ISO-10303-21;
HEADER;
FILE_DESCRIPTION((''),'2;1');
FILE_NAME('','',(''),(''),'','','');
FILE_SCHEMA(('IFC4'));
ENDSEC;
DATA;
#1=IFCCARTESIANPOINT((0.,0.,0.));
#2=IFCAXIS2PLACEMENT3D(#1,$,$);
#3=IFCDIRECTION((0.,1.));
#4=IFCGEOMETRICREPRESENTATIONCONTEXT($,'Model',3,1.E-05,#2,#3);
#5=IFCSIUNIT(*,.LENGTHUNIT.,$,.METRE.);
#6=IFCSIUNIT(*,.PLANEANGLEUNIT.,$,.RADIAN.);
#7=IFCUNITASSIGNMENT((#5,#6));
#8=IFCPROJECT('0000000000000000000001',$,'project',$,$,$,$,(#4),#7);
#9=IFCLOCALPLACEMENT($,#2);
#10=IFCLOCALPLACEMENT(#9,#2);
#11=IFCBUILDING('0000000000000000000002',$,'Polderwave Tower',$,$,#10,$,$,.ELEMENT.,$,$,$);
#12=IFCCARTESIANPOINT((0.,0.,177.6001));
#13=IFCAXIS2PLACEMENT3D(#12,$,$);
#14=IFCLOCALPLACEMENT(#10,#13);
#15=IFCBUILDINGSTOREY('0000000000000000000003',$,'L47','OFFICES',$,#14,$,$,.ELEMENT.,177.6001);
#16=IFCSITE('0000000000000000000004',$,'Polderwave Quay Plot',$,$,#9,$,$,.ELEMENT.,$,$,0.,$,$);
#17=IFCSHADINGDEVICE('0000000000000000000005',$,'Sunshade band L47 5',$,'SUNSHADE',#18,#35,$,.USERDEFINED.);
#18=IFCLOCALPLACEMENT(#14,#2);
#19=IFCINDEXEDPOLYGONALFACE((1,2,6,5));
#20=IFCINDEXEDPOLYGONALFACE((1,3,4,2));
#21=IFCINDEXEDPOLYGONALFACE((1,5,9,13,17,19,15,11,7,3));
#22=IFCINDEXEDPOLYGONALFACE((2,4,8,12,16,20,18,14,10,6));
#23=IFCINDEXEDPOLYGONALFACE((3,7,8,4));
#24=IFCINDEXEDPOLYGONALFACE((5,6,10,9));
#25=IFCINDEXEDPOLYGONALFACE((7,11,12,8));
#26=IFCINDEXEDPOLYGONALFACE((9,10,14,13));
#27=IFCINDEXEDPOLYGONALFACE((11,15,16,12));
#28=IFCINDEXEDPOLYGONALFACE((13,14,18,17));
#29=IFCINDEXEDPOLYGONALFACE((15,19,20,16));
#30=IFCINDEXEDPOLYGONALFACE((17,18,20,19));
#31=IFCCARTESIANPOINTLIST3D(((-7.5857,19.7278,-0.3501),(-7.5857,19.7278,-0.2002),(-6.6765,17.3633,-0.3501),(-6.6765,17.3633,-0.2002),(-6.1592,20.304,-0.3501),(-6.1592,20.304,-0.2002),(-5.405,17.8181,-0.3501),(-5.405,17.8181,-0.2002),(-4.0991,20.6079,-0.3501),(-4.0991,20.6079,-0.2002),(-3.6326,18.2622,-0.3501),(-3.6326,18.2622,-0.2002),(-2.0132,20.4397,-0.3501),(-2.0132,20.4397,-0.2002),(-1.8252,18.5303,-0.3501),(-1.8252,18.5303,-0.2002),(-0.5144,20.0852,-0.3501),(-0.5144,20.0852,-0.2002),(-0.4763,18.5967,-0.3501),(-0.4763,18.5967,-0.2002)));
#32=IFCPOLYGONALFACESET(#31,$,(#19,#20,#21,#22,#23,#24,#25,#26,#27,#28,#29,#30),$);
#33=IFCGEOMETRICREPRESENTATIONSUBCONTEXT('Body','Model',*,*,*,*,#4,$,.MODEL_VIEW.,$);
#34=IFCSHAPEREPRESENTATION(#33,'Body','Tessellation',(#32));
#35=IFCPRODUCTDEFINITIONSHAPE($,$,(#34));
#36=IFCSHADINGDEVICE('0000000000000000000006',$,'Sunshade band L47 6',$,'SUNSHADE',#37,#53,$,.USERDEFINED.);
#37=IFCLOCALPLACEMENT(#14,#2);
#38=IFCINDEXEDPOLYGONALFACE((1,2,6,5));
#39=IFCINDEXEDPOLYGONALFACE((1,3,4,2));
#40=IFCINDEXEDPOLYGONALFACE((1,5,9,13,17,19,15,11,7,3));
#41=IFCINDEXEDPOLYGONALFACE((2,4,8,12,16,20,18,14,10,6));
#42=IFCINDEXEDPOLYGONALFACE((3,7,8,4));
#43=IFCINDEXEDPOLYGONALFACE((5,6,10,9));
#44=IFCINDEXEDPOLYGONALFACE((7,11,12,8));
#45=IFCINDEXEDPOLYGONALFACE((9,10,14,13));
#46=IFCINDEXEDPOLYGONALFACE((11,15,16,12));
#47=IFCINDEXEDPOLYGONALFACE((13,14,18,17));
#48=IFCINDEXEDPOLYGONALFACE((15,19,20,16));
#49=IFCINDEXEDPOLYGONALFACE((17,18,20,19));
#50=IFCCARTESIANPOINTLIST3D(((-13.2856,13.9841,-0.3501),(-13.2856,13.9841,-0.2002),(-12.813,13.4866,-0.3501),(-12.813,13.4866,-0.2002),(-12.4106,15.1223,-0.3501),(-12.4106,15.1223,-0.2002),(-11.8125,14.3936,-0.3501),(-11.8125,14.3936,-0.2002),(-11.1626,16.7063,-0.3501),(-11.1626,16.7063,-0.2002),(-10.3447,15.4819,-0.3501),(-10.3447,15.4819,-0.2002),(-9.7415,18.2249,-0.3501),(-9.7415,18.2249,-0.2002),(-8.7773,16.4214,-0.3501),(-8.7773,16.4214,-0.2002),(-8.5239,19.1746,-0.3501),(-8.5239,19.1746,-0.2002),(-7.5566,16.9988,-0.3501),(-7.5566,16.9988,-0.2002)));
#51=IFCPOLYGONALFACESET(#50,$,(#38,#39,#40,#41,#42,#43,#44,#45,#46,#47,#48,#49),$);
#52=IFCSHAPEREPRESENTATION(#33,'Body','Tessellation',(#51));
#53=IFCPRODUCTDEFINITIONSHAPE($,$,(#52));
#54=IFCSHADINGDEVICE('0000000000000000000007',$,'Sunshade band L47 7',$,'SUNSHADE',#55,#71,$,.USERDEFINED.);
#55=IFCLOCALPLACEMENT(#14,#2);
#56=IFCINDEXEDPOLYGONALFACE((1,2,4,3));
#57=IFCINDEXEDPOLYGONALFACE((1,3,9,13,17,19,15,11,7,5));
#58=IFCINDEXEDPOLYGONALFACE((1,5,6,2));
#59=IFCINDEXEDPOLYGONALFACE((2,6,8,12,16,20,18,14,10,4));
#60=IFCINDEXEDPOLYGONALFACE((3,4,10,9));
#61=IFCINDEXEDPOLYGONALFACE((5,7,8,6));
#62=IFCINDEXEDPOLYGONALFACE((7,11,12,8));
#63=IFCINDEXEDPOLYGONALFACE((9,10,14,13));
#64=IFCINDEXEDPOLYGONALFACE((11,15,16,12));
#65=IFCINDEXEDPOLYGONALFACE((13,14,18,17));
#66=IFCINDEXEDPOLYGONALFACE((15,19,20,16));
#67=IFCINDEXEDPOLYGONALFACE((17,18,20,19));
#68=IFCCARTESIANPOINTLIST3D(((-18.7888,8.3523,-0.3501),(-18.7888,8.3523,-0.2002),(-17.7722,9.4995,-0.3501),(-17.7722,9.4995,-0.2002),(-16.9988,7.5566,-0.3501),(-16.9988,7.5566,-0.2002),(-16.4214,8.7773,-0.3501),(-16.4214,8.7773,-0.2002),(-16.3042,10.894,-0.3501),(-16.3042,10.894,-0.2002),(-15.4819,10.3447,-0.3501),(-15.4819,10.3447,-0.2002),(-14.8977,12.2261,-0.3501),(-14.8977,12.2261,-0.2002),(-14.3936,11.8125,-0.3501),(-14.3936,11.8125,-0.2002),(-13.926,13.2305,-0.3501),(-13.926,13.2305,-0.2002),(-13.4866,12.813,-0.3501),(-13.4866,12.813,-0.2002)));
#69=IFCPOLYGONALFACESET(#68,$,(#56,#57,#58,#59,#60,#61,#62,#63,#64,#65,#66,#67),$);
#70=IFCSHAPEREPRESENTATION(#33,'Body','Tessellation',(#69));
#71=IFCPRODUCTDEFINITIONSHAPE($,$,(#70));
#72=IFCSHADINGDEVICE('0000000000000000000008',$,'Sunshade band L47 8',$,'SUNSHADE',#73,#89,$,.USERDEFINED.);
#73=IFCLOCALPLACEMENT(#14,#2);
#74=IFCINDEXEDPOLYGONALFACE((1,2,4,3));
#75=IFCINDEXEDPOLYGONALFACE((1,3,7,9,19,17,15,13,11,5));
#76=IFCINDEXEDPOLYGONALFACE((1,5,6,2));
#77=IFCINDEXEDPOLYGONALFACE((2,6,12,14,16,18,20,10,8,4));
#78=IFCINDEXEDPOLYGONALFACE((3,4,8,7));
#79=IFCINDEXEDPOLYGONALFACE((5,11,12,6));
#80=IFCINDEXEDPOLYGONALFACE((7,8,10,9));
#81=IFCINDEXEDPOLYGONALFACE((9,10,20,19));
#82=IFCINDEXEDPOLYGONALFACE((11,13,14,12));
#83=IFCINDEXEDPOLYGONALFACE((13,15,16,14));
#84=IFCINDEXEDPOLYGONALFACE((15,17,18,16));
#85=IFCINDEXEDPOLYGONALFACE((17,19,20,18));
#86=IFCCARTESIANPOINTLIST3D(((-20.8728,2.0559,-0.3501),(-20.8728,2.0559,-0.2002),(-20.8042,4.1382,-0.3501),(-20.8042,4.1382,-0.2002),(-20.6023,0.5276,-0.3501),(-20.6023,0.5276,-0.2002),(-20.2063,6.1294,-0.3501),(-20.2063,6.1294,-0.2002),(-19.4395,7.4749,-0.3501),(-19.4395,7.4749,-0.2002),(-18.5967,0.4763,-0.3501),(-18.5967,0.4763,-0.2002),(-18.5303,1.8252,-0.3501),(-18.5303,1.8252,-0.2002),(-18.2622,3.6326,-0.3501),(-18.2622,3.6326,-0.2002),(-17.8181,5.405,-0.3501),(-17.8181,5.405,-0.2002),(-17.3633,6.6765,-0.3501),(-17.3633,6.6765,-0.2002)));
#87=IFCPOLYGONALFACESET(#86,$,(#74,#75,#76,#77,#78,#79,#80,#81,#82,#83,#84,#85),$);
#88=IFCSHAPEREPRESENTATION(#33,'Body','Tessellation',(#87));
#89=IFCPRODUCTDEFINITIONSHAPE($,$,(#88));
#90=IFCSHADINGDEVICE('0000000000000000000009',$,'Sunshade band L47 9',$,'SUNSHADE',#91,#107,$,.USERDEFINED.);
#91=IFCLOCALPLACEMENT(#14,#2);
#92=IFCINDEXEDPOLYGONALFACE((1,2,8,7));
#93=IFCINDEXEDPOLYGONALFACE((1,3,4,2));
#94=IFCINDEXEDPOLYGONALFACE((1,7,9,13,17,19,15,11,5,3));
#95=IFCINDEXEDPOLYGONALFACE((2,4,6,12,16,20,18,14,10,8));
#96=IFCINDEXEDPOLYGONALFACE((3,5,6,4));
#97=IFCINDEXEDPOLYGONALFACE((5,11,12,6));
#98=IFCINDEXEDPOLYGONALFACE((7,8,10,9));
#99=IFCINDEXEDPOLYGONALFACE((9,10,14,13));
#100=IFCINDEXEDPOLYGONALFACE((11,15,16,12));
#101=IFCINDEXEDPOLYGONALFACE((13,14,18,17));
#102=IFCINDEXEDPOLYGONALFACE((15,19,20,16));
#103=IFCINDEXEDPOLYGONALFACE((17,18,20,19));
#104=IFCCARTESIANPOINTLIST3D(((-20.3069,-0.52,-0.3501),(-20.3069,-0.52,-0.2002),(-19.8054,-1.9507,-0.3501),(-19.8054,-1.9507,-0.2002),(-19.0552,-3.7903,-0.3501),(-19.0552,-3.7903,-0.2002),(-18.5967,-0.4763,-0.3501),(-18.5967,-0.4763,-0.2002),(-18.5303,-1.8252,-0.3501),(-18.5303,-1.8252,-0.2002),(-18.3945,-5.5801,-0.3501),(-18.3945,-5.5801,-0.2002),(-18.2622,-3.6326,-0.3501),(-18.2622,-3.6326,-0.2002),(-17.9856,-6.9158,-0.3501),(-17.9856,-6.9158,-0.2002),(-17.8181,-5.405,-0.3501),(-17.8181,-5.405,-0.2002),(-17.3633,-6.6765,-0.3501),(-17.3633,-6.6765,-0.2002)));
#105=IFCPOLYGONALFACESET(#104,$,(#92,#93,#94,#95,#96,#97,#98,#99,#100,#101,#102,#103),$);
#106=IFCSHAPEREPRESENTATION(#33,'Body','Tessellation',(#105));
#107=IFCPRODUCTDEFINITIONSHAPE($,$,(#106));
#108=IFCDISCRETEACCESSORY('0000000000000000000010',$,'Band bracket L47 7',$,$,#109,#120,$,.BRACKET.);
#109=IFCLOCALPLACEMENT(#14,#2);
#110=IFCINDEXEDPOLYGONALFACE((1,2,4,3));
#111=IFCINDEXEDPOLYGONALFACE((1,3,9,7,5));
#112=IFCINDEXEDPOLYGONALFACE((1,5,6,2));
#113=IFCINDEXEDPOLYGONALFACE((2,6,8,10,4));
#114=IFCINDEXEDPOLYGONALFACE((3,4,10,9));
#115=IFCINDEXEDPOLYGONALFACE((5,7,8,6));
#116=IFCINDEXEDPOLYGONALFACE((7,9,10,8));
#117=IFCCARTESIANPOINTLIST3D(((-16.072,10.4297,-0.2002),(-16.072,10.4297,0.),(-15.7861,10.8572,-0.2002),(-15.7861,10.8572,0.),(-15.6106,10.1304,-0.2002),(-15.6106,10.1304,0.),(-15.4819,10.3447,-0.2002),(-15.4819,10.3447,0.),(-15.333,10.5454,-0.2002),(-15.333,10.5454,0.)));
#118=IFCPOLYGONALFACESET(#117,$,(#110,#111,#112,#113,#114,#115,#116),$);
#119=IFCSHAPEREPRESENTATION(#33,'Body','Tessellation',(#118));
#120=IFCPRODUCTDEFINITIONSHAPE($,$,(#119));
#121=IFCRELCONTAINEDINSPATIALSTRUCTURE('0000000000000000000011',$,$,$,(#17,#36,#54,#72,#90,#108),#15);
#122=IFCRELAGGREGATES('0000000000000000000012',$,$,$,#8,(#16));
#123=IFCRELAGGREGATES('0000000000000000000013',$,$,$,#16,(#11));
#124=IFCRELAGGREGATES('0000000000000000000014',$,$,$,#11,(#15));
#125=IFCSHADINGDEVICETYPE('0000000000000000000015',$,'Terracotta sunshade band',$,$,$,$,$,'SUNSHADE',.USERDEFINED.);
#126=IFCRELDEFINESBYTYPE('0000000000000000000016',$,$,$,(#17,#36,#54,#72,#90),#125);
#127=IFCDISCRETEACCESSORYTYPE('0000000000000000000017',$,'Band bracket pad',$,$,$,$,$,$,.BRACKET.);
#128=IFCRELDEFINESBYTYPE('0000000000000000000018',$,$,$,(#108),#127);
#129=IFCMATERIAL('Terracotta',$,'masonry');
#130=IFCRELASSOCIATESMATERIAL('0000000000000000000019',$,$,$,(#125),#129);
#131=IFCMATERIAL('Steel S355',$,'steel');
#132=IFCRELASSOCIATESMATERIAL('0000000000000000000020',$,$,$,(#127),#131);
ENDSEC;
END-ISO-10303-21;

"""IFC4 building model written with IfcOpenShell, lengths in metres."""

from ifc_helpers import new_model, si_unit, direction, frame, origin, place, context, subcontext, project, spatial, polyline, outline, extrude, material, type_object, element, save


model = new_model("IFC4")

# Units and contexts
model_context = context("Model", 3, precision=1e-05, world=origin(), true_north=direction((0.0, 1.0)))
body_context = subcontext(model_context, "Body", "Model", "MODEL_VIEW")
ifc_project = project(units=[si_unit("LENGTHUNIT", "METRE"), si_unit("PLANEANGLEUNIT", "RADIAN")], contexts=[model_context])

# Site, building, storey
site_placement = place(None, origin())
site = spatial("IfcSite", under=ifc_project, at=site_placement, Name="Polderwave Quay Plot", CompositionType="ELEMENT", RefElevation=0.0)
building_placement = place(site_placement, origin())
building = spatial("IfcBuilding", under=site, at=building_placement, Name="Polderwave Tower", CompositionType="ELEMENT")
storey_placement = place(building_placement, frame((0.0, 0.0, 177.6001)))
storey = spatial("IfcBuildingStorey", under=building, at=storey_placement, Name="L47", Description="OFFICES", CompositionType="ELEMENT", Elevation=177.6001)

# Shading devices
ifc_material_1 = material(Name="Terracotta", Category="masonry")
shading_device_type = type_object("IfcShadingDeviceType", Name="Terracotta sunshade band", ElementType="SUNSHADE", PredefinedType="USERDEFINED", material=ifc_material_1)
shading_device_1_placement = place(storey_placement, frame((0.0, 0.0, -0.3501)))
element("IfcShadingDevice", 1, at=shading_device_1_placement, inside=storey, type_object=shading_device_type, Name="Sunshade band L47 5", ObjectType="SUNSHADE", PredefinedType="USERDEFINED", context=body_context, shape_type="SweptSolid", body=[
    extrude(outline(polyline([(-0.4763, 18.5967), (-1.8252, 18.5303), (-3.6326, 18.2622), (-5.405, 17.8181), (-6.6765, 17.3633), (-7.5857, 19.7278), (-6.1592, 20.304), (-4.0991, 20.6079), (-2.0132, 20.4397), (-0.5144, 20.0852), (-0.4763, 18.5967)])), origin(), (0.0, 0.0, 1.0), 0.1499),
])
shading_device_2_placement = place(storey_placement, frame((0.0, 0.0, -0.3501)))
element("IfcShadingDevice", 2, at=shading_device_2_placement, inside=storey, type_object=shading_device_type, Name="Sunshade band L47 6", ObjectType="SUNSHADE", PredefinedType="USERDEFINED", context=body_context, shape_type="SweptSolid", body=[
    extrude(outline(polyline([(-7.5566, 16.9988), (-8.7773, 16.4214), (-10.3447, 15.4819), (-11.8125, 14.3936), (-12.813, 13.4866), (-13.2856, 13.9841), (-12.4106, 15.1223), (-11.1626, 16.7063), (-9.7415, 18.2249), (-8.5239, 19.1746), (-7.5566, 16.9988)])), origin(), (0.0, 0.0, 1.0), 0.1499),
])
shading_device_3_placement = place(storey_placement, frame((0.0, 0.0, -0.3501)))
element("IfcShadingDevice", 3, at=shading_device_3_placement, inside=storey, type_object=shading_device_type, Name="Sunshade band L47 7", ObjectType="SUNSHADE", PredefinedType="USERDEFINED", context=body_context, shape_type="SweptSolid", body=[
    extrude(outline(polyline([(-13.4866, 12.813), (-14.3936, 11.8125), (-15.4819, 10.3447), (-16.4214, 8.7773), (-16.9988, 7.5566), (-18.7888, 8.3523), (-17.7722, 9.4995), (-16.3042, 10.894), (-14.8977, 12.2261), (-13.926, 13.2305), (-13.4866, 12.813)])), origin(), (0.0, 0.0, 1.0), 0.1499),
])
shading_device_4_placement = place(storey_placement, frame((0.0, 0.0, -0.3501)))
element("IfcShadingDevice", 4, at=shading_device_4_placement, inside=storey, type_object=shading_device_type, Name="Sunshade band L47 8", ObjectType="SUNSHADE", PredefinedType="USERDEFINED", context=body_context, shape_type="SweptSolid", body=[
    extrude(outline(polyline([(-17.3633, 6.6765), (-17.8181, 5.405), (-18.2622, 3.6326), (-18.5303, 1.8252), (-18.5967, 0.4763), (-20.6023, 0.5276), (-20.8728, 2.0559), (-20.8042, 4.1382), (-20.2063, 6.1294), (-19.4395, 7.4749), (-17.3633, 6.6765)])), origin(), (0.0, 0.0, 1.0), 0.1499),
])
shading_device_5_placement = place(storey_placement, frame((0.0, 0.0, -0.3501)))
element("IfcShadingDevice", 5, at=shading_device_5_placement, inside=storey, type_object=shading_device_type, Name="Sunshade band L47 9", ObjectType="SUNSHADE", PredefinedType="USERDEFINED", context=body_context, shape_type="SweptSolid", body=[
    extrude(outline(polyline([(-18.5967, -0.4763), (-18.5303, -1.8252), (-18.2622, -3.6326), (-17.8181, -5.405), (-17.3633, -6.6765), (-17.9856, -6.9158), (-18.3945, -5.5801), (-19.0552, -3.7903), (-19.8054, -1.9507), (-20.3069, -0.52), (-18.5967, -0.4763)])), origin(), (0.0, 0.0, 1.0), 0.1499),
])

# Discrete accessory
ifc_material_2 = material(Name="Steel S355", Category="steel")
discrete_accessory_type = type_object("IfcDiscreteAccessoryType", Name="Band bracket pad", PredefinedType="BRACKET", material=ifc_material_2)
discrete_accessory_placement = place(storey_placement, frame((0.0, 0.0, -0.2002)))
element("IfcDiscreteAccessory", 6, at=discrete_accessory_placement, inside=storey, type_object=discrete_accessory_type, Name="Band bracket L47 7", PredefinedType="BRACKET", context=body_context, shape_type="SweptSolid", body=[
    extrude(outline(polyline([(-15.333, 10.5454), (-15.4819, 10.3447), (-15.6106, 10.1304), (-16.072, 10.4297), (-15.7861, 10.8572), (-15.333, 10.5454)])), origin(), (0.0, 0.0, 1.0), 0.2002),
])

save(model, "model.ifc")
